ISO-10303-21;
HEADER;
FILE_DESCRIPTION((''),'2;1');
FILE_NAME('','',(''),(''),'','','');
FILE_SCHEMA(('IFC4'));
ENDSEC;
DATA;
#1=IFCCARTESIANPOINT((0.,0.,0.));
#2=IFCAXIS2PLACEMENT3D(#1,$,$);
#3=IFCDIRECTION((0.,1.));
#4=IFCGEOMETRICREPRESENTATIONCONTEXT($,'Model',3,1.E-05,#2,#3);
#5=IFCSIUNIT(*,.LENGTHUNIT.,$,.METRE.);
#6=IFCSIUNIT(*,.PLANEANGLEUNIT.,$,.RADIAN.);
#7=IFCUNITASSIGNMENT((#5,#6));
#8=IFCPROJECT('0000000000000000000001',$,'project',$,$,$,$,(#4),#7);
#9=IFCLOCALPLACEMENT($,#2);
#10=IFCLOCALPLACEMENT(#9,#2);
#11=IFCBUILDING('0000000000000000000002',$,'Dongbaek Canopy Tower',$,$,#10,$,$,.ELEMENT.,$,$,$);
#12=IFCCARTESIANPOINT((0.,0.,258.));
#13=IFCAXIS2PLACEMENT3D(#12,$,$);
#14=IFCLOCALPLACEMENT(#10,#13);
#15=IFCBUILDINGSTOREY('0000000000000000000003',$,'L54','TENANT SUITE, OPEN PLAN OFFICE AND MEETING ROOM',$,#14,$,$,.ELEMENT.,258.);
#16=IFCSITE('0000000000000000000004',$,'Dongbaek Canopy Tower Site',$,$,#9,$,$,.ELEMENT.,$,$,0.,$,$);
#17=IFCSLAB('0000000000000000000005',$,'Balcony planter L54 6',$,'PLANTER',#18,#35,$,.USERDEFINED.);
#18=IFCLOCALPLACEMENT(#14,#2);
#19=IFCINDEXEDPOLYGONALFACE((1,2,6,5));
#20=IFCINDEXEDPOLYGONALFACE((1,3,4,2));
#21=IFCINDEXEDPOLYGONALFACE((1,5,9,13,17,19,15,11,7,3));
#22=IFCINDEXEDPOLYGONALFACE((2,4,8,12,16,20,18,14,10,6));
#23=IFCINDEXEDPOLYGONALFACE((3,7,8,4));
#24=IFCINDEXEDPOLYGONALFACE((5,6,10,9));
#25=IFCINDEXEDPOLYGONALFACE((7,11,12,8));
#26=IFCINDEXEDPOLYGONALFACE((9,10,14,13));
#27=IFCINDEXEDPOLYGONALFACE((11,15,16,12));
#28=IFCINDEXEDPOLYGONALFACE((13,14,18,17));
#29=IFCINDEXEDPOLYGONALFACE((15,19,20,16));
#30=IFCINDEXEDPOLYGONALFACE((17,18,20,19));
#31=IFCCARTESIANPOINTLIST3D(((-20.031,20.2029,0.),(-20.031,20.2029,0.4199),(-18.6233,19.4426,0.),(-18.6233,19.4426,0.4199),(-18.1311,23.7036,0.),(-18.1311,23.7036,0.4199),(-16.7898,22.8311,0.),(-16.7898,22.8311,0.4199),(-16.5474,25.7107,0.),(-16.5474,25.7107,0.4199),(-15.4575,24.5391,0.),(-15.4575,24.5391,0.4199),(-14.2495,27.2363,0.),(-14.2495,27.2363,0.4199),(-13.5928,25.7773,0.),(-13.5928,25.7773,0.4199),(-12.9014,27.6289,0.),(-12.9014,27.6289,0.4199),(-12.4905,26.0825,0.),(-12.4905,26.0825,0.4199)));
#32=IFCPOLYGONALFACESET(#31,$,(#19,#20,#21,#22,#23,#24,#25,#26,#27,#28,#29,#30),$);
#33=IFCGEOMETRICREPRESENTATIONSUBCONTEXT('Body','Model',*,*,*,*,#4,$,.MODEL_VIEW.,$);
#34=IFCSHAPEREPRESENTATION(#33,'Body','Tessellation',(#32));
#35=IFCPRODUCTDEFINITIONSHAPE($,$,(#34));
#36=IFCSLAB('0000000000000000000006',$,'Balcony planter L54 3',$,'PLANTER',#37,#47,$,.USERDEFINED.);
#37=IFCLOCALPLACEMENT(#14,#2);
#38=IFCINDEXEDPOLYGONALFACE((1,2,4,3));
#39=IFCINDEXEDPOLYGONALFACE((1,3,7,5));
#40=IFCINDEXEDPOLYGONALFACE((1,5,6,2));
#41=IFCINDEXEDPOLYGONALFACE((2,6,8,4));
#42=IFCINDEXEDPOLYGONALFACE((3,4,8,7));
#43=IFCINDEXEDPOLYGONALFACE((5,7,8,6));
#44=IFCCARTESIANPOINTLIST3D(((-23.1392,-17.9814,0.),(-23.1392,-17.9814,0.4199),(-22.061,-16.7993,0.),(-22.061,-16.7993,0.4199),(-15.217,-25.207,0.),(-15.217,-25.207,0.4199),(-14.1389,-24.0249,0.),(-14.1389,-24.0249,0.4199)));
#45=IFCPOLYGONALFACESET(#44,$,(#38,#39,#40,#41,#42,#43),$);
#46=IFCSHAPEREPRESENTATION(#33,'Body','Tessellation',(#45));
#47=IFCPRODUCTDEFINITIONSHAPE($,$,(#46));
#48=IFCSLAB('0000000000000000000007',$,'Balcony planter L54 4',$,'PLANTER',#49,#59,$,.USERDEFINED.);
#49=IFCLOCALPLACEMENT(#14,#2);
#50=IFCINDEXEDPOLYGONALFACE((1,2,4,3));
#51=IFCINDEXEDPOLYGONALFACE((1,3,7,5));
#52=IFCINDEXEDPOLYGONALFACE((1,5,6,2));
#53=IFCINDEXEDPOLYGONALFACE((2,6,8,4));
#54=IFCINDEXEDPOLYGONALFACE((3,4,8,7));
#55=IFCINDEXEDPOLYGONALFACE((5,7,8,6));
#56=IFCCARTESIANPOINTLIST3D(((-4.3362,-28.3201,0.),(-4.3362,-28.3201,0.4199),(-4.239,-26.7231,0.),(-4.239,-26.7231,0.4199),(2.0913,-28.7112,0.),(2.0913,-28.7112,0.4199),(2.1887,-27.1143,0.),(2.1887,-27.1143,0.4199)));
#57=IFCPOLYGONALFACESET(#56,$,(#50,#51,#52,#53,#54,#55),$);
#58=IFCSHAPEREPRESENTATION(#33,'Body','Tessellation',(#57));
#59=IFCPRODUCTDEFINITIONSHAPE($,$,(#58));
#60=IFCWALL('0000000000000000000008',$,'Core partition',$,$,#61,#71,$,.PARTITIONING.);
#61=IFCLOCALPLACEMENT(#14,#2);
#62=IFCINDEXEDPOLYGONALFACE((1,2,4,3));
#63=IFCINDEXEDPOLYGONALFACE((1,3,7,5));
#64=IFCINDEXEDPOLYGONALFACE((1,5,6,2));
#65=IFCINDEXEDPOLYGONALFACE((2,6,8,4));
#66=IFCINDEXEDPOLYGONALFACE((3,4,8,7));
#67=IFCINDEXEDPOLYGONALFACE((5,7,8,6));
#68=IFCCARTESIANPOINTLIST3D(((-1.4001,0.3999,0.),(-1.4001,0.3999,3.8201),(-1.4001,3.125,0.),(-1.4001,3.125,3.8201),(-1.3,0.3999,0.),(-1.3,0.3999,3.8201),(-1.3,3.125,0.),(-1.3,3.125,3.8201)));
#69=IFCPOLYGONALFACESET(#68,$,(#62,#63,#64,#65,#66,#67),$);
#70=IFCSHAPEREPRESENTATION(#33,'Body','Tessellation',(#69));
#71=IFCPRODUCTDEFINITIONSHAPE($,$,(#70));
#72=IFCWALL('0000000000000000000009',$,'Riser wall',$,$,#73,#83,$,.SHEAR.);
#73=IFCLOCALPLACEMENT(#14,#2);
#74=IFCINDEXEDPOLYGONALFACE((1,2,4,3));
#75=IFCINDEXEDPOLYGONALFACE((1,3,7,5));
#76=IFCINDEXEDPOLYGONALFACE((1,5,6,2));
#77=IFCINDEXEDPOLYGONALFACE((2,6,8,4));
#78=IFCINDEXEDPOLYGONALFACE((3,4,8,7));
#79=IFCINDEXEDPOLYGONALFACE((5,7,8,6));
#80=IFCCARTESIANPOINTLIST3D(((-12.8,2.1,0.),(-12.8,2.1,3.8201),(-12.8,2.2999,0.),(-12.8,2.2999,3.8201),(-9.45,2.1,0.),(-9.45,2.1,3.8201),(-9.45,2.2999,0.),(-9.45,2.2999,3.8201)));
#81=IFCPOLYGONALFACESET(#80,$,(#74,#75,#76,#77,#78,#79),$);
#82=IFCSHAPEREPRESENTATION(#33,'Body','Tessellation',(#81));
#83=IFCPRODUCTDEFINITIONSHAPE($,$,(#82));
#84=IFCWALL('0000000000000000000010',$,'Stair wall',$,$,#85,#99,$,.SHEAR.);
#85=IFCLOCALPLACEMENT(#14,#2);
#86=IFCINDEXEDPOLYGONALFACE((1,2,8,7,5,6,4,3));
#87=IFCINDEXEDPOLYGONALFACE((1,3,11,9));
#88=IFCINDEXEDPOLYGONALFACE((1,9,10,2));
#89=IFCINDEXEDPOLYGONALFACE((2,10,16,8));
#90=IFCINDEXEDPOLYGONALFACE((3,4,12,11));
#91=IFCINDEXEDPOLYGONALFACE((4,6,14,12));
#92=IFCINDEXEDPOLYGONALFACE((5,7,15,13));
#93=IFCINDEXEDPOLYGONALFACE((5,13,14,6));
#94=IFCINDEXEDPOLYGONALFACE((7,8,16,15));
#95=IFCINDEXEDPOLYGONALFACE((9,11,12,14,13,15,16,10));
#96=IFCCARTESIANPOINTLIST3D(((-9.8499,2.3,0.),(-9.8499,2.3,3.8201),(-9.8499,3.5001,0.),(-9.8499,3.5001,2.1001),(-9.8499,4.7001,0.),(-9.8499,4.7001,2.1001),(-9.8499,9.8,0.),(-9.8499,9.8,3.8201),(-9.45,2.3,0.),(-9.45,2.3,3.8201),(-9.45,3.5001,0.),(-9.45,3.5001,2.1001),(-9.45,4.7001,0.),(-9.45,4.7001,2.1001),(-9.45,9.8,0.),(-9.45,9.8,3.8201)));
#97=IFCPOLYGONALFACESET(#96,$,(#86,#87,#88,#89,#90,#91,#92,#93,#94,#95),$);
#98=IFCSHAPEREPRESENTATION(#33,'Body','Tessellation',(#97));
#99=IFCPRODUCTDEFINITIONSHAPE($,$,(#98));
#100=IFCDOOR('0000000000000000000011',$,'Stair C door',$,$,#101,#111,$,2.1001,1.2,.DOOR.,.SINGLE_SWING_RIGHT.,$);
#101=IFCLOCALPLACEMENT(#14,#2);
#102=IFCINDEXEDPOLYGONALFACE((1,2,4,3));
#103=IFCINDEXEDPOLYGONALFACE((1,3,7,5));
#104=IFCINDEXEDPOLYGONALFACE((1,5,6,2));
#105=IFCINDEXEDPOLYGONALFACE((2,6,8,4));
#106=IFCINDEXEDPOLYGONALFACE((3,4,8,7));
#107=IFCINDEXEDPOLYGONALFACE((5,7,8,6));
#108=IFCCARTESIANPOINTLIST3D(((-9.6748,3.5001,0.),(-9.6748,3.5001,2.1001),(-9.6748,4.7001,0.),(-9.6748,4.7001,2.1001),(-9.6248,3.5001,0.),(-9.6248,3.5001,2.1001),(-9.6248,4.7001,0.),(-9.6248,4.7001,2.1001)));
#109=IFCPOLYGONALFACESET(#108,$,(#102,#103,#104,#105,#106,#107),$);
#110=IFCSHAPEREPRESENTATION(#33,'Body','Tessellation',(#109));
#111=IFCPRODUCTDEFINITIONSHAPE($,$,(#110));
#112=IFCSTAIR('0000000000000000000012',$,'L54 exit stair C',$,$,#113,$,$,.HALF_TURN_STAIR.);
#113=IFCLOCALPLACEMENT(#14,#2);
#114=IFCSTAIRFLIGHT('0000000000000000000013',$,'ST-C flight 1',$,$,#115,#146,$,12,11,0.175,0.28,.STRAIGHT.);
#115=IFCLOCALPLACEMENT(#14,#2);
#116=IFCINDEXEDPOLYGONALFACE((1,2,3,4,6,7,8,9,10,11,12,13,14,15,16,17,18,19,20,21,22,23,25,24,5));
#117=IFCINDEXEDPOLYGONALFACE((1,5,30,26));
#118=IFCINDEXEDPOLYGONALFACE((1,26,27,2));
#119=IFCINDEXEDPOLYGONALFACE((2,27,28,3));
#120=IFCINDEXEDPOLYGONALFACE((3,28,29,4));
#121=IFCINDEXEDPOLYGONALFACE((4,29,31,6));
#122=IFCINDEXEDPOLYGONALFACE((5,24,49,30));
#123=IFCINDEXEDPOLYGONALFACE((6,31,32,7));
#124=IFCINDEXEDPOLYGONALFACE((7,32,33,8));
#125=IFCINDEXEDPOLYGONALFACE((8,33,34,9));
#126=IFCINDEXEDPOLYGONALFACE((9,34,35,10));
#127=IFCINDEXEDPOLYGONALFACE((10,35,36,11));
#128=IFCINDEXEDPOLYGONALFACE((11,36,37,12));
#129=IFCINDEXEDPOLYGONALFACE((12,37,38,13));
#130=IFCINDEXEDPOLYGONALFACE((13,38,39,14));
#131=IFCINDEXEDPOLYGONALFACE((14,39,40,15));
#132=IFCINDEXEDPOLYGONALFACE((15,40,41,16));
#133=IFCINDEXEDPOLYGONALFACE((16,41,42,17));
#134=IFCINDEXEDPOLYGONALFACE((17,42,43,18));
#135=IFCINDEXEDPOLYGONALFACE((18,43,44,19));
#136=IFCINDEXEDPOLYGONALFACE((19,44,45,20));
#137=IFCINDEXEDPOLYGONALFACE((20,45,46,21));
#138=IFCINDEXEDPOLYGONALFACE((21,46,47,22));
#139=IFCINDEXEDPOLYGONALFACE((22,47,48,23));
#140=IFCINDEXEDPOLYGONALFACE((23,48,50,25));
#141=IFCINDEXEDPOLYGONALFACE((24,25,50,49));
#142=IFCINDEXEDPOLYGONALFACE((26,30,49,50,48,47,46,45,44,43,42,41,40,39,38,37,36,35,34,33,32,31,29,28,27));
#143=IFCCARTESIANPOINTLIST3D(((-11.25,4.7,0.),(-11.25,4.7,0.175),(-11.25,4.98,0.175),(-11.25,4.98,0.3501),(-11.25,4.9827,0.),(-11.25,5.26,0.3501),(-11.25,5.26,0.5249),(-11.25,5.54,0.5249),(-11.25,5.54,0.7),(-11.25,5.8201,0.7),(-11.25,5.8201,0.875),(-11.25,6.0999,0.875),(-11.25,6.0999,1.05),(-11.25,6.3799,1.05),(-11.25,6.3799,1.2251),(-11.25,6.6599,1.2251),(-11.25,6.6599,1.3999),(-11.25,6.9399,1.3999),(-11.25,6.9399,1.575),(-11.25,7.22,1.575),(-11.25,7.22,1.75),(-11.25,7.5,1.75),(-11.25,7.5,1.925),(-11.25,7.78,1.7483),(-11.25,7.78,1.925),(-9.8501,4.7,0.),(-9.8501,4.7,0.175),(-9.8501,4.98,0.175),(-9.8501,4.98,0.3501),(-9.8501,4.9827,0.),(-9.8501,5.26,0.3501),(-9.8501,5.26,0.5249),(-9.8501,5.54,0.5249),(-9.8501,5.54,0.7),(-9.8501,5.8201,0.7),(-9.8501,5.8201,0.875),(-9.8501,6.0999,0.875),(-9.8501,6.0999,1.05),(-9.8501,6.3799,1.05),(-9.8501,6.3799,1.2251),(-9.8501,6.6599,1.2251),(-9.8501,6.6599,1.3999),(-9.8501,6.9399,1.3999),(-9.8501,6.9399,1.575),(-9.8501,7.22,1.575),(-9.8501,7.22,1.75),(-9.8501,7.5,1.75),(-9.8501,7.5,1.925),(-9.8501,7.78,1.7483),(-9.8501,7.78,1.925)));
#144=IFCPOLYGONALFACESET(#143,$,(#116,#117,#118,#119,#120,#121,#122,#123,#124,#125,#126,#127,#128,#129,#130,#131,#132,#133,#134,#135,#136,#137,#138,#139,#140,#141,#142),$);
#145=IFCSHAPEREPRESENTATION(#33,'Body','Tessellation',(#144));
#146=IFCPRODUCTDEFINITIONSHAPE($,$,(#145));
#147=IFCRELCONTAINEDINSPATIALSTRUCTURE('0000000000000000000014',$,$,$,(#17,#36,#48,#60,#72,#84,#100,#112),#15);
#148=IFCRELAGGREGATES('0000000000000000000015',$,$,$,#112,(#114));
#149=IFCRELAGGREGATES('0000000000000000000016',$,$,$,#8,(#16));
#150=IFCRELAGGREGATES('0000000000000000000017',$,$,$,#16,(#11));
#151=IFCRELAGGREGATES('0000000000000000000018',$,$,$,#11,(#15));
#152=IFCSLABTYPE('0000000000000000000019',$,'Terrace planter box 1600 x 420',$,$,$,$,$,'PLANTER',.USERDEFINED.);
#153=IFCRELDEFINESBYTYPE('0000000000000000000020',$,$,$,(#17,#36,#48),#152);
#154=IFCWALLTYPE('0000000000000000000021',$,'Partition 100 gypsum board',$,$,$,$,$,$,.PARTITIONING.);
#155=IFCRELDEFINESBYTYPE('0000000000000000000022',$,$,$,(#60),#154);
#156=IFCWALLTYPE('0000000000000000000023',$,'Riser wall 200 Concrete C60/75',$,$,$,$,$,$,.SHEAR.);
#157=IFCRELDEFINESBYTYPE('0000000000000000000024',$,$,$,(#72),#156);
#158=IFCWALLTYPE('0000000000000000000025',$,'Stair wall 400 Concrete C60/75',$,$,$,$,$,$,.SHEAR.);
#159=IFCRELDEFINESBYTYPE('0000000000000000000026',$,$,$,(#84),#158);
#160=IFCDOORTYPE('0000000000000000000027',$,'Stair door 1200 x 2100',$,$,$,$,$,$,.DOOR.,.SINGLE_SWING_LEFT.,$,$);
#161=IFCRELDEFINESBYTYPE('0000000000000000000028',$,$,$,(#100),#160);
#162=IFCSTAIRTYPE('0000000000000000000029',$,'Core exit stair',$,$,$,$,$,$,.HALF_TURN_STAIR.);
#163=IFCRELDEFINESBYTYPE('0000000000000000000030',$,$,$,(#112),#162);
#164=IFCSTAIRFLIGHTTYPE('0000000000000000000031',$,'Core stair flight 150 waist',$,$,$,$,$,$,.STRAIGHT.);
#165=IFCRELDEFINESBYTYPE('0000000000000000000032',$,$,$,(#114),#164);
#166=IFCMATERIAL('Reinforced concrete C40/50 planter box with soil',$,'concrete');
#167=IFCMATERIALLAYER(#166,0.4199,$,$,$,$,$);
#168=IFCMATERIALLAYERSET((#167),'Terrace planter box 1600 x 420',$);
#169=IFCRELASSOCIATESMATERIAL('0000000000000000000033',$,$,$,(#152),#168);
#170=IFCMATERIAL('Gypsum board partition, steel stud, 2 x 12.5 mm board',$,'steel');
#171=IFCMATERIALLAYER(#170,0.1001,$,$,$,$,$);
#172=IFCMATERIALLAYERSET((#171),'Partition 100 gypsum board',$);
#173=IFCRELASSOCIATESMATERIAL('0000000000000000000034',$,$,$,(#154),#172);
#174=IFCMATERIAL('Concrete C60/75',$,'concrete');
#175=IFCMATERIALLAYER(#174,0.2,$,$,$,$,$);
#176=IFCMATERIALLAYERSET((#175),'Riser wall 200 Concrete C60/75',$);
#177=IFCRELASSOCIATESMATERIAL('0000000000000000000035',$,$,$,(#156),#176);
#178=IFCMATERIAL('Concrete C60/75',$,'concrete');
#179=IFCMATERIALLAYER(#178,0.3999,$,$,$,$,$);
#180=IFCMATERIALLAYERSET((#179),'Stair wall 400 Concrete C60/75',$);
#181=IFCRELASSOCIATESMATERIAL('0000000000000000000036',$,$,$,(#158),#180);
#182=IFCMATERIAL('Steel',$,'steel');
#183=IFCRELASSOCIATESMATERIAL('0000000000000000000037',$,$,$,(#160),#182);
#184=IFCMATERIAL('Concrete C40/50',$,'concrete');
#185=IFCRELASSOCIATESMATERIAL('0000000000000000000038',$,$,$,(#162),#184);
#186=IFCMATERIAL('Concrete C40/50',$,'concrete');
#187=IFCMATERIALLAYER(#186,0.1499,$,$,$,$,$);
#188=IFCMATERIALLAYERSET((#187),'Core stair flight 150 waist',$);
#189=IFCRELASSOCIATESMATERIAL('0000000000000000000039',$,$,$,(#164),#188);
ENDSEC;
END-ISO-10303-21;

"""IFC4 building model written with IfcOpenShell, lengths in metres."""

from ifc_helpers import new_model, si_unit, direction, frame, frame_2d, origin, place, context, subcontext, project, spatial, polyline, rectangle, outline, extrude, material, layer, layer_set, type_object, element, fill, aggregate, save


model = new_model("IFC4")

# Units and contexts
model_context = context("Model", 3, precision=1e-05, world=origin(), true_north=direction((0.0, 1.0)))
body_context = subcontext(model_context, "Body", "Model", "MODEL_VIEW")
ifc_project = project(units=[si_unit("LENGTHUNIT", "METRE"), si_unit("PLANEANGLEUNIT", "RADIAN")], contexts=[model_context])

# Site, building, storey
site_placement = place(None, origin())
site = spatial("IfcSite", under=ifc_project, at=site_placement, Name="Dongbaek Canopy Tower Site", CompositionType="ELEMENT", RefElevation=0.0)
building_placement = place(site_placement, origin())
building = spatial("IfcBuilding", under=site, at=building_placement, Name="Dongbaek Canopy Tower", CompositionType="ELEMENT")
storey_placement = place(building_placement, frame((0.0, 0.0, 258.0)))
storey = spatial("IfcBuildingStorey", under=building, at=storey_placement, Name="L54", Description="TENANT SUITE, OPEN PLAN OFFICE AND MEETING ROOM", CompositionType="ELEMENT", Elevation=258.0)

# Slabs
ifc_material_1 = material(Name="Reinforced concrete C40/50 planter box with soil", Category="concrete")
ifc_layer_1 = layer(ifc_material_1, 0.4199)
ifc_layer_set_1 = layer_set([ifc_layer_1], Name="Terrace planter box 1600 x 420")
slab_type_1 = type_object("IfcSlabType", Name="Terrace planter box 1600 x 420", ElementType="PLANTER", PredefinedType="USERDEFINED", material=ifc_layer_set_1)
slab_1_placement = place(storey_placement, origin())
element("IfcSlab", 1, at=slab_1_placement, inside=storey, type_object=slab_type_1, Name="Balcony planter L54 6", ObjectType="PLANTER", PredefinedType="USERDEFINED", context=body_context, shape_type="SweptSolid", body=[
    extrude(outline(polyline([(-12.4905, 26.0825), (-13.5928, 25.7773), (-15.4575, 24.5391), (-16.7898, 22.8311), (-18.6233, 19.4426), (-20.031, 20.2029), (-18.1311, 23.7036), (-16.5474, 25.7107), (-14.2495, 27.2363), (-12.9014, 27.6289), (-12.4905, 26.0825)])), origin(), (0.0, 0.0, 1.0), 0.4199),
])
slab_2_placement = place(storey_placement, origin())
element("IfcSlab", 2, at=slab_2_placement, inside=storey, type_object=slab_type_1, Name="Balcony planter L54 3", ObjectType="PLANTER", PredefinedType="USERDEFINED", context=body_context, shape_type="SweptSolid", body=[
    extrude(outline(polyline([(-22.061, -16.7993), (-14.1389, -24.0249), (-15.217, -25.207), (-23.1392, -17.9814), (-22.061, -16.7993)])), origin(), (0.0, 0.0, 1.0), 0.4199),
])
slab_3_placement = place(storey_placement, origin())
element("IfcSlab", 3, at=slab_3_placement, inside=storey, type_object=slab_type_1, Name="Balcony planter L54 4", ObjectType="PLANTER", PredefinedType="USERDEFINED", context=body_context, shape_type="SweptSolid", body=[
    extrude(outline(polyline([(-4.239, -26.7231), (2.1887, -27.1143), (2.0913, -28.7112), (-4.3362, -28.3201), (-4.239, -26.7231)])), origin(), (0.0, 0.0, 1.0), 0.4199),
])

# Walls
ifc_material_2 = material(Name="Gypsum board partition, steel stud, 2 x 12.5 mm board", Category="steel")
ifc_layer_2 = layer(ifc_material_2, 0.1001)
ifc_layer_set_2 = layer_set([ifc_layer_2], Name="Partition 100 gypsum board")
wall_type_1 = type_object("IfcWallType", Name="Partition 100 gypsum board", PredefinedType="PARTITIONING", material=ifc_layer_set_2)
wall_1_placement = place(storey_placement, frame((-1.3501, 0.3999, 0.0), z_axis=(0.0, 0.0, 1.0), x_axis=(0.0, 1.0, 0.0)))
element("IfcWall", 4, at=wall_1_placement, inside=storey, type_object=wall_type_1, Name="Core partition", PredefinedType="PARTITIONING", context=body_context, shape_type="SweptSolid", body=[
    extrude(rectangle(XDim=2.7251, YDim=0.1001, at=frame_2d((1.3625, 0.0))), origin(), (0.0, 0.0, 1.0), 3.8201),
])
ifc_material_3 = material(Name="Concrete C60/75", Category="concrete")
ifc_layer_3 = layer(ifc_material_3, 0.2)
ifc_layer_set_3 = layer_set([ifc_layer_3], Name="Riser wall 200 Concrete C60/75")
wall_type_2 = type_object("IfcWallType", Name="Riser wall 200 Concrete C60/75", PredefinedType="SHEAR", material=ifc_layer_set_3)
wall_2_placement = place(storey_placement, frame((-9.45, 2.2, 0.0), z_axis=(0.0, 0.0, 1.0), x_axis=(-1.0, 0.0, 0.0)))
element("IfcWall", 5, at=wall_2_placement, inside=storey, type_object=wall_type_2, Name="Riser wall", PredefinedType="SHEAR", context=body_context, shape_type="SweptSolid", body=[
    extrude(rectangle(XDim=3.3501, YDim=0.2, at=frame_2d((1.675, 0.0))), origin(), (0.0, 0.0, 1.0), 3.8201),
])

# Wall, opening, door
ifc_material_4 = material(Name="Concrete C60/75", Category="concrete")
ifc_layer_4 = layer(ifc_material_4, 0.3999)
ifc_layer_set_4 = layer_set([ifc_layer_4], Name="Stair wall 400 Concrete C60/75")
wall_type_3 = type_object("IfcWallType", Name="Stair wall 400 Concrete C60/75", PredefinedType="SHEAR", material=ifc_layer_set_4)
wall_3_placement = place(storey_placement, frame((-9.6499, 2.3, 0.0), z_axis=(0.0, 0.0, 1.0), x_axis=(0.0, 1.0, 0.0)))
wall_3 = element("IfcWall", 6, at=wall_3_placement, inside=storey, type_object=wall_type_3, Name="Stair wall", PredefinedType="SHEAR", context=body_context, shape_type="SweptSolid", body=[
    extrude(rectangle(XDim=7.5, YDim=0.3999, at=frame_2d((3.75, 0.0))), origin(), (0.0, 0.0, 1.0), 3.8201),
])
opening_placement = place(wall_3_placement, frame((1.2, 0.0, 0.0)))
opening = element("IfcOpeningElement", 7, at=opening_placement, cuts=wall_3, PredefinedType="OPENING", context=body_context, shape_type="SweptSolid", body=[
    extrude(rectangle(XDim=1.2, YDim=2.1001, at=frame_2d((0.6001, 1.05))), frame((0.0, 0.21, 0.0), z_axis=(0.0, -1.0, 0.0), x_axis=(1.0, 0.0, 0.0)), (0.0, 0.0, 1.0), 0.4199),
])
ifc_material_5 = material(Name="Steel", Category="steel")
door_type = type_object("IfcDoorType", Name="Stair door 1200 x 2100", OperationType="SINGLE_SWING_LEFT", PredefinedType="DOOR", material=ifc_material_5)
door_placement = place(opening_placement, origin())
door = element("IfcDoor", 8, at=door_placement, inside=storey, type_object=door_type, Name="Stair C door", OperationType="SINGLE_SWING_RIGHT", OverallHeight=2.1001, OverallWidth=1.2, PredefinedType="DOOR", context=body_context, shape_type="SweptSolid", body=[
    extrude(rectangle(XDim=1.2, YDim=2.1001, at=frame_2d((0.6001, 1.05))), frame((0.0, 0.0249, 0.0), z_axis=(0.0, -1.0, 0.0), x_axis=(1.0, 0.0, 0.0)), (0.0, 0.0, 1.0), 0.05),
])
fill(opening, door)

# Stair, stair flight
ifc_material_6 = material(Name="Concrete C40/50", Category="concrete")
stair_type = type_object("IfcStairType", Name="Core exit stair", PredefinedType="HALF_TURN_STAIR", material=ifc_material_6)
stair_placement = place(storey_placement, origin())
stair = element("IfcStair", 9, at=stair_placement, inside=storey, type_object=stair_type, Name="L54 exit stair C", PredefinedType="HALF_TURN_STAIR")
ifc_material_7 = material(Name="Concrete C40/50", Category="concrete")
ifc_layer_5 = layer(ifc_material_7, 0.1499)
ifc_layer_set_5 = layer_set([ifc_layer_5], Name="Core stair flight 150 waist")
stair_flight_type = type_object("IfcStairFlightType", Name="Core stair flight 150 waist", PredefinedType="STRAIGHT", material=ifc_layer_set_5)
stair_flight_placement = place(storey_placement, frame((-10.55, 4.7, 0.0), z_axis=(0.0, 0.0, 1.0), x_axis=(0.0, 1.0, 0.0)))
stair_flight = element("IfcStairFlight", 10, at=stair_flight_placement, type_object=stair_flight_type, Name="ST-C flight 1", NumberOfRisers=12, NumberOfTreads=11, PredefinedType="STRAIGHT", RiserHeight=0.175, TreadLength=0.28, context=body_context, shape_type="SweptSolid", body=[
    extrude(outline(polyline([(0.0, 0.0), (0.0, 0.175), (0.28, 0.175), (0.28, 0.3501), (0.5601, 0.3501), (0.5601, 0.5249), (0.8401, 0.5249), (0.8401, 0.7), (1.1201, 0.7), (1.1201, 0.875), (1.3999, 0.875), (1.3999, 1.05), (1.6799, 1.05), (1.6799, 1.2251), (1.96, 1.2251), (1.96, 1.3999), (2.24, 1.3999), (2.24, 1.575), (2.52, 1.575), (2.52, 1.75), (2.8, 1.75), (2.8, 1.925), (3.0801, 1.925), (3.0801, 2.1001), (3.0801, 1.7483), (0.2827, 0.0), (0.0, 0.0)])), frame((0.0, 0.7, 0.0), z_axis=(0.0, -1.0, 0.0), x_axis=(1.0, 0.0, 0.0)), (0.0, 0.0, 1.0), 1.3999),
])
aggregate(stair, [stair_flight])

save(model, "model.ifc")
